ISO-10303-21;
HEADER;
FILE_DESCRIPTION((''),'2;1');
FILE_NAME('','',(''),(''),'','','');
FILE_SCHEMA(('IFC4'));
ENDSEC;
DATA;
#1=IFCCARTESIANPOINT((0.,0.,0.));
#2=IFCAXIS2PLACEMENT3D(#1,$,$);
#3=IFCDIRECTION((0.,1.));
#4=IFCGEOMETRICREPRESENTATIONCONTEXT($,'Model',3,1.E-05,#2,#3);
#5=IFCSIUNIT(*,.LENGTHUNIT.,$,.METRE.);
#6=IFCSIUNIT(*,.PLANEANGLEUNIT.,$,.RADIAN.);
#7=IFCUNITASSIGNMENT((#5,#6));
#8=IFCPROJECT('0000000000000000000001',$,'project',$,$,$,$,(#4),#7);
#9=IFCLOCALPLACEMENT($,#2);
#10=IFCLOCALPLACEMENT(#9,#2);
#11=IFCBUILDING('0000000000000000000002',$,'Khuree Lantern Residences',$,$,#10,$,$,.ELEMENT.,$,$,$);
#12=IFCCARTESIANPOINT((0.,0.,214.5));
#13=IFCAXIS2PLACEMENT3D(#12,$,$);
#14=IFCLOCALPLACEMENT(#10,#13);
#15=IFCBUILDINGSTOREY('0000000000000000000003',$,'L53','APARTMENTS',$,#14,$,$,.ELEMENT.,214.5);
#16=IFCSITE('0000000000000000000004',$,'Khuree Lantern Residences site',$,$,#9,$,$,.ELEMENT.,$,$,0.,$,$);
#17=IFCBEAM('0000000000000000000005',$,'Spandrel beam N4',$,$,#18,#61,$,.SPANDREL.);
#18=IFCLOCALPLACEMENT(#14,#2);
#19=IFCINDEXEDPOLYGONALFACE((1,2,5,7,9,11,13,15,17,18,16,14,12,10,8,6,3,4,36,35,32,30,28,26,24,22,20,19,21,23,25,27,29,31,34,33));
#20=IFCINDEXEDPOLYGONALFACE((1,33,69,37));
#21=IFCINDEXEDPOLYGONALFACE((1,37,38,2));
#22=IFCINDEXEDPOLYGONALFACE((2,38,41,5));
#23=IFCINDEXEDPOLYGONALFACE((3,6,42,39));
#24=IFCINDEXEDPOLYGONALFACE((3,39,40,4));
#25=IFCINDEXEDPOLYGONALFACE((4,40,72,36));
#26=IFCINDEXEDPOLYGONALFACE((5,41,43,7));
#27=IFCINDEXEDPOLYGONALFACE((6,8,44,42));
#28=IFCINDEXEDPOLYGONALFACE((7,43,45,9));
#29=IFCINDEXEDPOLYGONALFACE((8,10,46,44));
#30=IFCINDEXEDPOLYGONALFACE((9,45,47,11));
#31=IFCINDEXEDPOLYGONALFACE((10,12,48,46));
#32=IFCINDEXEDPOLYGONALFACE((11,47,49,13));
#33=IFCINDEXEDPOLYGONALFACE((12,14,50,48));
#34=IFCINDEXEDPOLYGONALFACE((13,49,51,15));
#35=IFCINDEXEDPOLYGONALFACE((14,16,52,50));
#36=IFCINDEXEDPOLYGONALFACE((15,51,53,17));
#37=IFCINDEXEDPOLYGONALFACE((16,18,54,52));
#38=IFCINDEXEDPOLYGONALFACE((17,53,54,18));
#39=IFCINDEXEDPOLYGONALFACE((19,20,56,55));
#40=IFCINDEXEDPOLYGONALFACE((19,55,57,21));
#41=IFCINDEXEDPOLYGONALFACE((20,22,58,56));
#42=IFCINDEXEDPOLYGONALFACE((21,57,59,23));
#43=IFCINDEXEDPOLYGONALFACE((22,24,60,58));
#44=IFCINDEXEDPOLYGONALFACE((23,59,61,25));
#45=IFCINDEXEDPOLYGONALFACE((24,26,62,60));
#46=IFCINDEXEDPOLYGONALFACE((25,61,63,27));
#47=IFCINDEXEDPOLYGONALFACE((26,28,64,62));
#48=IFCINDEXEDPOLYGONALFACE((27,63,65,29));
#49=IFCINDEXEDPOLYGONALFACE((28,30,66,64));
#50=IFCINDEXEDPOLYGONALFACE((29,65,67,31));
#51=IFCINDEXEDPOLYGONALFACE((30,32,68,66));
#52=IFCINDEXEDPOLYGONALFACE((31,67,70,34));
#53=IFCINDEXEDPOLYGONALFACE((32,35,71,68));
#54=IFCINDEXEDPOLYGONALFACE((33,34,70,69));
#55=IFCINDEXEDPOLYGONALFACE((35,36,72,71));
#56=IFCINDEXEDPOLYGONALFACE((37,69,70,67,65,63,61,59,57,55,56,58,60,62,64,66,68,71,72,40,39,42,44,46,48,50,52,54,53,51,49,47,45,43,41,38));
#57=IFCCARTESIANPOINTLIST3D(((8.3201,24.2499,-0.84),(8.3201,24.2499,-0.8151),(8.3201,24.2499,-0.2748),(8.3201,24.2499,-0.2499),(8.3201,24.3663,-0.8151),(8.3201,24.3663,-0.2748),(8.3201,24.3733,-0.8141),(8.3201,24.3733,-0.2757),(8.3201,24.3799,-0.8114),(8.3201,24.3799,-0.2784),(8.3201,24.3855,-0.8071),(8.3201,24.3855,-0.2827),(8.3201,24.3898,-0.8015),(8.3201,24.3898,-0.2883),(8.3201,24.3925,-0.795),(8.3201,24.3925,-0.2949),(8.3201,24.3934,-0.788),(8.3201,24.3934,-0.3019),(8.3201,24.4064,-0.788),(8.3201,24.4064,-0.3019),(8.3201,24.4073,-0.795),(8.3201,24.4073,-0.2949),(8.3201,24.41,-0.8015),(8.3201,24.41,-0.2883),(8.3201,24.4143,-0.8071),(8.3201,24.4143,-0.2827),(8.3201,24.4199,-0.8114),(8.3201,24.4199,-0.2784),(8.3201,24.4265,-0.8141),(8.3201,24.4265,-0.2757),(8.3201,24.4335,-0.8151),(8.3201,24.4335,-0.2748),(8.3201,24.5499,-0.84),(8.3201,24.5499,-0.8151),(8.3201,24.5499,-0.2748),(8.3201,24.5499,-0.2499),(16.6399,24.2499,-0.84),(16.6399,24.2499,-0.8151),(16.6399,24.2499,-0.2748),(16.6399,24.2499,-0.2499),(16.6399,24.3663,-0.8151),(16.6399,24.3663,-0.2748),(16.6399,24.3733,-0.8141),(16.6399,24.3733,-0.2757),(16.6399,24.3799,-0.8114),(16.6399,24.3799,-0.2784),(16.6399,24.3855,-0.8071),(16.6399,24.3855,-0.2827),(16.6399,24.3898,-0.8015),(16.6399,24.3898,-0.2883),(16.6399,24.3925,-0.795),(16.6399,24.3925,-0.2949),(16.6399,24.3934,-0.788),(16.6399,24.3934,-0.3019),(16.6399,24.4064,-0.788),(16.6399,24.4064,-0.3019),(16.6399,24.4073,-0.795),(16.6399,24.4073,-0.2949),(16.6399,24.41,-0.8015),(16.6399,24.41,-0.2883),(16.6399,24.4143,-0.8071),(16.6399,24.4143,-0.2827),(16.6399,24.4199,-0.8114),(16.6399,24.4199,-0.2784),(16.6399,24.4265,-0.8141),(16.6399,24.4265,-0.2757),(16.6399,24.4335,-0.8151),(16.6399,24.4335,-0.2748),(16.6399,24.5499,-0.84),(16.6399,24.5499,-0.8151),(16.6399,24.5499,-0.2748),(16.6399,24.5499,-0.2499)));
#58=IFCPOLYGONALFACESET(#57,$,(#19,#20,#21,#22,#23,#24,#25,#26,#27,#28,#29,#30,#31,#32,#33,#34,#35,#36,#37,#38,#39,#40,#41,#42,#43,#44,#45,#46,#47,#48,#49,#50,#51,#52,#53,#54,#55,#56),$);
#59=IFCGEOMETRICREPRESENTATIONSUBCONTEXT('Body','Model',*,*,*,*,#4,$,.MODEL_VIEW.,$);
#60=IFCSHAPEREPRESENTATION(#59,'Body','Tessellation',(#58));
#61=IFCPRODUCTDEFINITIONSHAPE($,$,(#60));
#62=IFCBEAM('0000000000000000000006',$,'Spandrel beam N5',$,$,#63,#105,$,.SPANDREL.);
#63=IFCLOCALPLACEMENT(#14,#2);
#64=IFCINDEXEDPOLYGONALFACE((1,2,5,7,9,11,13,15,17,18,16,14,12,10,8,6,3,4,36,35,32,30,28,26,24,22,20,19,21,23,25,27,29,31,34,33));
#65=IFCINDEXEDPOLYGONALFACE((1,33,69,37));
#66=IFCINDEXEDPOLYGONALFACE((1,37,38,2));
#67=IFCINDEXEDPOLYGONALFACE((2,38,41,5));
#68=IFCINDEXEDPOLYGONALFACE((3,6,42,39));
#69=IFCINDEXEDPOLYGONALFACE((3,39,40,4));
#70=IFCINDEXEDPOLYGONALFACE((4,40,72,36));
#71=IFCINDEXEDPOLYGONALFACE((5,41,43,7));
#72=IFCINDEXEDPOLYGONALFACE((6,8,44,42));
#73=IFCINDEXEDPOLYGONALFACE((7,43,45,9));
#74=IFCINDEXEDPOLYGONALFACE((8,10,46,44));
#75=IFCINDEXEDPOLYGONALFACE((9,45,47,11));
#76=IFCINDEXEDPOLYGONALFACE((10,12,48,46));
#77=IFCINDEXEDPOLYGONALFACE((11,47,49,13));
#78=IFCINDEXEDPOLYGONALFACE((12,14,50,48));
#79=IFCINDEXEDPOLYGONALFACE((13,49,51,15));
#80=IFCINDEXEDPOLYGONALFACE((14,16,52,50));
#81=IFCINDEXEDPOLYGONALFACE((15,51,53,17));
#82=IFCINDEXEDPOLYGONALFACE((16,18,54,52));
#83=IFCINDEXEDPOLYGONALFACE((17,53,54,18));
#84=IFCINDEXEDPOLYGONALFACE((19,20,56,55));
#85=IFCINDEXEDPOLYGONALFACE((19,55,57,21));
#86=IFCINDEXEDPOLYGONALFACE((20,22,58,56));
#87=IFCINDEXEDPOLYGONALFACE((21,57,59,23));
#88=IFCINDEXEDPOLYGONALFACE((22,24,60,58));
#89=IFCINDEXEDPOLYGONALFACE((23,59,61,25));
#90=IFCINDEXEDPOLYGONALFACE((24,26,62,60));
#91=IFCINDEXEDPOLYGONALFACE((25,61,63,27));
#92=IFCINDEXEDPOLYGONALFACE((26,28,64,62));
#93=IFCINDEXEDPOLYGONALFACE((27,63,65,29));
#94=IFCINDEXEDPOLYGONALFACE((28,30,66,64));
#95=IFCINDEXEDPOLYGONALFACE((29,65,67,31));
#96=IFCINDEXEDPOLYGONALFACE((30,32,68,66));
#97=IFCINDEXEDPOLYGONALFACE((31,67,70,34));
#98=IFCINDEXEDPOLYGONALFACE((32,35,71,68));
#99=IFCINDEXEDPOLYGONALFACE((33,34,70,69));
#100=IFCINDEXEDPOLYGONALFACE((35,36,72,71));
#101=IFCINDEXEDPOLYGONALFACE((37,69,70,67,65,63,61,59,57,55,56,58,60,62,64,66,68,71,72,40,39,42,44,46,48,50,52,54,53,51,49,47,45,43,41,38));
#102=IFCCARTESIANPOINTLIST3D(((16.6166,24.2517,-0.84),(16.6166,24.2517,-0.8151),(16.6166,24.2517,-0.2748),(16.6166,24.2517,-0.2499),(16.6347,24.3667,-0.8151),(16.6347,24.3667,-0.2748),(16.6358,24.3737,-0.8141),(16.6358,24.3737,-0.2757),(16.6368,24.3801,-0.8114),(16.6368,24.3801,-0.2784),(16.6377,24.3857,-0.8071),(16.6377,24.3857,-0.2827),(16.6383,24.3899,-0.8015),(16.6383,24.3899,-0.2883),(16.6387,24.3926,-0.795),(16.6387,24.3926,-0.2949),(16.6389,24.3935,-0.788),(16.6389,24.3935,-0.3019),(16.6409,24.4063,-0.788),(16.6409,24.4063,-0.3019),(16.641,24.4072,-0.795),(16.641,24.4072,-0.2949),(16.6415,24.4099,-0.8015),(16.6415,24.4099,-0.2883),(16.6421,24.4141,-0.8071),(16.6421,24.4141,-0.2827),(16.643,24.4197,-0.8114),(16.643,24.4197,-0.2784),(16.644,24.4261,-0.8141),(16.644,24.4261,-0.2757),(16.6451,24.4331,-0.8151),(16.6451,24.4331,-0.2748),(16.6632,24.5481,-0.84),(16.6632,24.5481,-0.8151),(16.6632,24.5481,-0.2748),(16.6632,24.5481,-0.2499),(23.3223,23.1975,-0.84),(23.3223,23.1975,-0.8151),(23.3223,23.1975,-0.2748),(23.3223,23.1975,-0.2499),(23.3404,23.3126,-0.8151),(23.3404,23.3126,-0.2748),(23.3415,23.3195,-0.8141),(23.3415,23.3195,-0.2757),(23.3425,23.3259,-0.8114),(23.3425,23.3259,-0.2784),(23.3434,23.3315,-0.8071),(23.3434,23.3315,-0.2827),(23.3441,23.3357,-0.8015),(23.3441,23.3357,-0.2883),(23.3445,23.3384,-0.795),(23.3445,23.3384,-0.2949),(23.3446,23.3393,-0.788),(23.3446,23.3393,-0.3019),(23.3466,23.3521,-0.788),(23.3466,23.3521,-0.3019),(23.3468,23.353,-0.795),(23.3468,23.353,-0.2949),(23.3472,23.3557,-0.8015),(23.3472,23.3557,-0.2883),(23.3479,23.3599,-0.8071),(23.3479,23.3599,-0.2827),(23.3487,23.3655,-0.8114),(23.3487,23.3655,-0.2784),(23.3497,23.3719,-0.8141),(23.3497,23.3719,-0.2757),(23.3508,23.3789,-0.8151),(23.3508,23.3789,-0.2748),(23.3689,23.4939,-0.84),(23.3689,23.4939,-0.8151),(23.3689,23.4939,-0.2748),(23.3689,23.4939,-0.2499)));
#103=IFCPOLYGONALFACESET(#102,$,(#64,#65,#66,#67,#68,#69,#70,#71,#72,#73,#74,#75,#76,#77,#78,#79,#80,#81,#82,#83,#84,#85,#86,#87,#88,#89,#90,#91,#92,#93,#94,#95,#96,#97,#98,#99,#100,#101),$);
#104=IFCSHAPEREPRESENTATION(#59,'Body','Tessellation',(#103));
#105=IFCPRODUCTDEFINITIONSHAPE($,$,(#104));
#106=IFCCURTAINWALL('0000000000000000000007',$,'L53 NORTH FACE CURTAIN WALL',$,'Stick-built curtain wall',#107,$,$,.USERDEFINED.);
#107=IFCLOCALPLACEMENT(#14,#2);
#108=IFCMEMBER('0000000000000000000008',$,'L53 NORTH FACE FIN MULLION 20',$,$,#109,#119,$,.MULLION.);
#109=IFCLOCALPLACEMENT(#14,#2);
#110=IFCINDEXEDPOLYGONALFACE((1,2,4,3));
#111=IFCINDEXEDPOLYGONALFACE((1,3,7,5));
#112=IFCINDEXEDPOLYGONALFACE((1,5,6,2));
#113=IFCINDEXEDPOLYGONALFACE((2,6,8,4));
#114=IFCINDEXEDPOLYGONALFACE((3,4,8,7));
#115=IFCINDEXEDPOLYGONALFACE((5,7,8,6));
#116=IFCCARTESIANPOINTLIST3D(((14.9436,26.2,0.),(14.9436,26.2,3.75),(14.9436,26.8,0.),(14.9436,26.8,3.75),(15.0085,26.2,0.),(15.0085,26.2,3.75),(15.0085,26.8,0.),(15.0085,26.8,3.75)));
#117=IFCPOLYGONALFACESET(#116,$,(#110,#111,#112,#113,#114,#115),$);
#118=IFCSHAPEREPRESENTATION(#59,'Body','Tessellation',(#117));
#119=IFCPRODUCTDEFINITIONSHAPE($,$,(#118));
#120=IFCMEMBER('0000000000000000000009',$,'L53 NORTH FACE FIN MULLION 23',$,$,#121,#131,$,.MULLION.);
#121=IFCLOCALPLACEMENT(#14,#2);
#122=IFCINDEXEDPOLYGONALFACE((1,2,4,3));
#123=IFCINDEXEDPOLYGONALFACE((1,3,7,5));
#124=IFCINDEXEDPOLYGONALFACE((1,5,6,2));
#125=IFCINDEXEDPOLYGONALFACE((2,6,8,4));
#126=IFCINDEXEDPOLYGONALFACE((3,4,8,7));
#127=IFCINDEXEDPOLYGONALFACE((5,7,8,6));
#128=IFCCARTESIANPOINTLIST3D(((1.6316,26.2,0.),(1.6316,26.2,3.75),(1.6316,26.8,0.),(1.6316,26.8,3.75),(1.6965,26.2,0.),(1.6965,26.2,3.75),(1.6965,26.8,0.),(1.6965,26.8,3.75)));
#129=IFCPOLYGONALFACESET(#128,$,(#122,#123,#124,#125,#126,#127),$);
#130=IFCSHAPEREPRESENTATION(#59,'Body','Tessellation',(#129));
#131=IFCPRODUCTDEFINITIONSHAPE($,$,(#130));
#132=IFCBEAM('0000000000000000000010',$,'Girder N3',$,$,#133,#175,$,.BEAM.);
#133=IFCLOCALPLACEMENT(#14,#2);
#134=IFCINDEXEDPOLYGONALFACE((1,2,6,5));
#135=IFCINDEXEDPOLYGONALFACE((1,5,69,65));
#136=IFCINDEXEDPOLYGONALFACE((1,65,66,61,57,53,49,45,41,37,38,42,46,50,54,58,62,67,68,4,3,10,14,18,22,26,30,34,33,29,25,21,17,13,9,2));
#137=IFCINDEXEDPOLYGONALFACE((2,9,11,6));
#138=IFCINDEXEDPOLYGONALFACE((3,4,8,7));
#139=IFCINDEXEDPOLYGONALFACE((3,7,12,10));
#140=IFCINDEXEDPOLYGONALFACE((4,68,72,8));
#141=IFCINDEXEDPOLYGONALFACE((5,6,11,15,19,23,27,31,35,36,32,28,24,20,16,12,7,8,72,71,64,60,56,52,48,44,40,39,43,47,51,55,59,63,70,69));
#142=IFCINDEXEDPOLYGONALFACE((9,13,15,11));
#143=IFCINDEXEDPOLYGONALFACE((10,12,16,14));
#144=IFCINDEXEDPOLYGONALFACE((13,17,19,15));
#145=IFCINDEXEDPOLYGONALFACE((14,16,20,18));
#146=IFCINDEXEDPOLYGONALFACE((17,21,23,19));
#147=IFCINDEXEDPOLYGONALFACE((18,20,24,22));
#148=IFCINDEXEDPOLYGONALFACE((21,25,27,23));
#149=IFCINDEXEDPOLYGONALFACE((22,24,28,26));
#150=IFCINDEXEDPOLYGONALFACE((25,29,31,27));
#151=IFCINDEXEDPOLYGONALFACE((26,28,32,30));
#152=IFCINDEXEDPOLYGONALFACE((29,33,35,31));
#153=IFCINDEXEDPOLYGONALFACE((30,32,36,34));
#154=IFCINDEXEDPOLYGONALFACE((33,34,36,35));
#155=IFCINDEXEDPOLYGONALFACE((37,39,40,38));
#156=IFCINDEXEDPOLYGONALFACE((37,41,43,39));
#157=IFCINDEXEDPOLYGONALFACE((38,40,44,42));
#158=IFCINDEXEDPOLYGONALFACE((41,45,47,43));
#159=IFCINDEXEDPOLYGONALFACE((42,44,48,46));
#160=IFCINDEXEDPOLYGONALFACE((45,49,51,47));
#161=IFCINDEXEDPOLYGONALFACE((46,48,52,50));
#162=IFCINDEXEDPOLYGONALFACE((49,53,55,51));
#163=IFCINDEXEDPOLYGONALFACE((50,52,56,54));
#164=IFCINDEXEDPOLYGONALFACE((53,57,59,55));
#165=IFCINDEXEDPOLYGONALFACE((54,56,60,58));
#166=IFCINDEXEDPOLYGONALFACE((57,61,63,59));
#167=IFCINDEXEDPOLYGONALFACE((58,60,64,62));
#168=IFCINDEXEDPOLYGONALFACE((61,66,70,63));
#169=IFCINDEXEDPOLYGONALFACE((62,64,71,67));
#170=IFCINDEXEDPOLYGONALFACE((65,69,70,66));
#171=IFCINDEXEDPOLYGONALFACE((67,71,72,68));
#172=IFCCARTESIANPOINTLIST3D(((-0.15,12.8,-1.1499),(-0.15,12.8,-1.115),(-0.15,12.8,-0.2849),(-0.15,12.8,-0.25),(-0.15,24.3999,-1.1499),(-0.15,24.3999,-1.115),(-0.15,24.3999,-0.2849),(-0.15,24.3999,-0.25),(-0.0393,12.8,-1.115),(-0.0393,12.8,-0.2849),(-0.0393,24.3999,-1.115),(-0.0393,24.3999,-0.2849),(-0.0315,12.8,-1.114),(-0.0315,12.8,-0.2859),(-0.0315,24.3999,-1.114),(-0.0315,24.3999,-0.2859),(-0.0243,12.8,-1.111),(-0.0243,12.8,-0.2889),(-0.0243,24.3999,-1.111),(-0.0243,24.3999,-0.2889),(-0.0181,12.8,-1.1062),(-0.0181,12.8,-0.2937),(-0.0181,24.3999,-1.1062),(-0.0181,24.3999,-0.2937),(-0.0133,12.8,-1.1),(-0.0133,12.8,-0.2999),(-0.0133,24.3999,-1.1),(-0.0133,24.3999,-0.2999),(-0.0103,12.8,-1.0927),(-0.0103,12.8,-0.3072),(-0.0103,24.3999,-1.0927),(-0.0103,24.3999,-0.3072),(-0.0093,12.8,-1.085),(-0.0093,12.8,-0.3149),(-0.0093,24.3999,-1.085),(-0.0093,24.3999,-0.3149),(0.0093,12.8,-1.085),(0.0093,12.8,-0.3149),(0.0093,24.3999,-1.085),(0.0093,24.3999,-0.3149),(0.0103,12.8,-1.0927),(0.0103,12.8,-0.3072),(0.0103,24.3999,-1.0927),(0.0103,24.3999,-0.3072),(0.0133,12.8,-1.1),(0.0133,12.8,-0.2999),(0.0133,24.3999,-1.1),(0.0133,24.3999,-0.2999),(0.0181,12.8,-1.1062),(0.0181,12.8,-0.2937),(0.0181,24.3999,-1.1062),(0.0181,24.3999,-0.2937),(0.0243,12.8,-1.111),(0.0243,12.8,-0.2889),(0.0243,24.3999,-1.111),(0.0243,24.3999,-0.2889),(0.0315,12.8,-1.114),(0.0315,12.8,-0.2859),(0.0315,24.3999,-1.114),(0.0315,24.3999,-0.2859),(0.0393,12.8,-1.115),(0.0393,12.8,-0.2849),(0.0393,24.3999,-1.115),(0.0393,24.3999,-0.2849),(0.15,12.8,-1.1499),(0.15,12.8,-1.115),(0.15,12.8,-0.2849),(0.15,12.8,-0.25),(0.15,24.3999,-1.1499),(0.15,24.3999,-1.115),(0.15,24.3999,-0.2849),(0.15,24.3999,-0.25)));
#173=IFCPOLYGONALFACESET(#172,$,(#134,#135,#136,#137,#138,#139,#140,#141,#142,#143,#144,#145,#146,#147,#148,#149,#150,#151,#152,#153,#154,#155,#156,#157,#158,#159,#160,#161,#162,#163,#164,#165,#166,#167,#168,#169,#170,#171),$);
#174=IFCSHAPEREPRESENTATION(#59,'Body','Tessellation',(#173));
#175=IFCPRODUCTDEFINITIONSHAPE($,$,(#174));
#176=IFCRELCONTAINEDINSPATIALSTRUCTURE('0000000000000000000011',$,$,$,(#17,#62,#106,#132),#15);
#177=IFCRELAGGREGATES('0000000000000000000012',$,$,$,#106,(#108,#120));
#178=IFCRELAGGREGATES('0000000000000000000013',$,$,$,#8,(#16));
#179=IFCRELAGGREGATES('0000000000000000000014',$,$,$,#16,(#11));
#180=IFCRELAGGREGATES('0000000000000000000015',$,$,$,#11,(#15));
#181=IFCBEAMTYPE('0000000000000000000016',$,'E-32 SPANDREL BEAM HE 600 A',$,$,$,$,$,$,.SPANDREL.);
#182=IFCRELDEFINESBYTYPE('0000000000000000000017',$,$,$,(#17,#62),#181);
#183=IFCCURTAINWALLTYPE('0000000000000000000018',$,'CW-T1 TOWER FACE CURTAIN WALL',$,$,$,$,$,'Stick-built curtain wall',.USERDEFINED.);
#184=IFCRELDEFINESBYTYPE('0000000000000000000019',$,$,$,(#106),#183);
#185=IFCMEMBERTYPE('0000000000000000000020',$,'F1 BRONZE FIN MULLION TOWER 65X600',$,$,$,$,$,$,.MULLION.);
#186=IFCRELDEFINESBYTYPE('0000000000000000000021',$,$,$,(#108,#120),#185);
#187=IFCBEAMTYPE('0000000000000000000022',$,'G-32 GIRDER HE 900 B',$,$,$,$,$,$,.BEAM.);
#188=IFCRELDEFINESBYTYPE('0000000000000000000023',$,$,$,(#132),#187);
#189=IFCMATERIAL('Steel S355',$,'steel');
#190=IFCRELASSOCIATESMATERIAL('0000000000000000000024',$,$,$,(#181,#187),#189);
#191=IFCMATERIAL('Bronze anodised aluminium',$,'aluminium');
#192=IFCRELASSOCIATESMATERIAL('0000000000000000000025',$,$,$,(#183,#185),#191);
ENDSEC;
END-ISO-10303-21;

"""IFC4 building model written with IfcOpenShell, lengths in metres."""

from ifc_helpers import new_model, si_unit, direction, frame, origin, origin_2d, place, context, subcontext, project, spatial, rectangle, i_section, extrude, material, material_profile, profile_set, type_object, element, aggregate, save


model = new_model("IFC4")

# Units and contexts
model_context = context("Model", 3, precision=1e-05, world=origin(), true_north=direction((0.0, 1.0)))
body_context = subcontext(model_context, "Body", "Model", "MODEL_VIEW")
ifc_project = project(units=[si_unit("LENGTHUNIT", "METRE"), si_unit("PLANEANGLEUNIT", "RADIAN")], contexts=[model_context])

# Site, building, storey
site_placement = place(None, origin())
site = spatial("IfcSite", under=ifc_project, at=site_placement, Name="Khuree Lantern Residences site", CompositionType="ELEMENT", RefElevation=0.0)
building_placement = place(site_placement, origin())
building = spatial("IfcBuilding", under=site, at=building_placement, Name="Khuree Lantern Residences", CompositionType="ELEMENT")
storey_placement = place(building_placement, frame((0.0, 0.0, 214.5)))
storey = spatial("IfcBuildingStorey", under=building, at=storey_placement, Name="L53", Description="APARTMENTS", CompositionType="ELEMENT", Elevation=214.5)

# Beams
ifc_material_1 = material(Name="Steel S355", Category="steel")
ifc_material_profile_1 = material_profile(ifc_material_1, i_section(OverallWidth=0.3, OverallDepth=0.5901, WebThickness=0.0129, FlangeThickness=0.0249, FilletRadius=0.0271, at=origin_2d()), Name="HE 600 A")
ifc_profile_set_1 = profile_set([ifc_material_profile_1], Name="Steel S355")
beam_type_1 = type_object("IfcBeamType", Name="E-32 SPANDREL BEAM HE 600 A", PredefinedType="SPANDREL", material=ifc_profile_set_1)
beam_1_placement = place(storey_placement, frame((8.3201, 24.3999, -0.5449), z_axis=(1.0, 0.0, 0.0), x_axis=(0.0, 1.0, 0.0)))
element("IfcBeam", 1, at=beam_1_placement, inside=storey, type_object=beam_type_1, Name="Spandrel beam N4", PredefinedType="SPANDREL", context=body_context, shape_type="SweptSolid", body=[
    extrude(i_section(OverallWidth=0.3, OverallDepth=0.5901, WebThickness=0.0129, FlangeThickness=0.0249, FilletRadius=0.0271, at=origin_2d()), origin(), (0.0, 0.0, 1.0), 8.3198),
])
beam_2_placement = place(storey_placement, frame((16.6399, 24.3999, -0.5449), z_axis=(0.987867, -0.1553, 0.0), x_axis=(0.1553, 0.987867, 0.0)))
element("IfcBeam", 2, at=beam_2_placement, inside=storey, type_object=beam_type_1, Name="Spandrel beam N5", PredefinedType="SPANDREL", context=body_context, shape_type="SweptSolid", body=[
    extrude(i_section(OverallWidth=0.3, OverallDepth=0.5901, WebThickness=0.0129, FlangeThickness=0.0249, FilletRadius=0.0271, at=origin_2d()), origin(), (0.0, 0.0, 1.0), 6.7881),
])

# Curtain wall, members
ifc_material_2 = material(Name="Bronze anodised aluminium", Category="aluminium")
curtain_wall_type = type_object("IfcCurtainWallType", Name="CW-T1 TOWER FACE CURTAIN WALL", ElementType="Stick-built curtain wall", PredefinedType="USERDEFINED", material=ifc_material_2)
curtain_wall_placement = place(storey_placement, origin())
curtain_wall = element("IfcCurtainWall", 3, at=curtain_wall_placement, inside=storey, type_object=curtain_wall_type, Name="L53 NORTH FACE CURTAIN WALL", ObjectType="Stick-built curtain wall", PredefinedType="USERDEFINED")
ifc_material_profile_2 = material_profile(ifc_material_2, rectangle(XDim=0.0649, YDim=0.6001, at=origin_2d()), Name="F1 65X600")
ifc_profile_set_2 = profile_set([ifc_material_profile_2], Name="Bronze anodised aluminium")
member_type_1 = type_object("IfcMemberType", Name="F1 BRONZE FIN MULLION TOWER 65X600", PredefinedType="MULLION", material=ifc_profile_set_2)
member_1_placement = place(storey_placement, frame((14.9761, 26.5, 0.0), z_axis=(0.0, 0.0, 1.0), x_axis=(-1.0, 0.0, 0.0)))
member_1 = element("IfcMember", 4, at=member_1_placement, type_object=member_type_1, Name="L53 NORTH FACE FIN MULLION 20", PredefinedType="MULLION", context=body_context, shape_type="SweptSolid", body=[
    extrude(rectangle(XDim=0.0649, YDim=0.6001, at=origin_2d()), origin(), (0.0, 0.0, 1.0), 3.75),
])
member_2_placement = place(storey_placement, frame((1.6641, 26.5, 0.0), z_axis=(0.0, 0.0, 1.0), x_axis=(-1.0, 0.0, 0.0)))
member_2 = element("IfcMember", 5, at=member_2_placement, type_object=member_type_1, Name="L53 NORTH FACE FIN MULLION 23", PredefinedType="MULLION", context=body_context, shape_type="SweptSolid", body=[
    extrude(rectangle(XDim=0.0649, YDim=0.6001, at=origin_2d()), origin(), (0.0, 0.0, 1.0), 3.75),
])

# Beam
ifc_material_profile_3 = material_profile(ifc_material_1, i_section(OverallWidth=0.3, OverallDepth=0.8999, WebThickness=0.0186, FlangeThickness=0.0349, FilletRadius=0.03, at=origin_2d()), Name="HE 900 B")
ifc_profile_set_3 = profile_set([ifc_material_profile_3], Name="Steel S355")
beam_type_2 = type_object("IfcBeamType", Name="G-32 GIRDER HE 900 B", PredefinedType="BEAM", material=ifc_profile_set_3)
for number, where, z_axis, x_axis, name in (
    (6, (0.0, 24.3999, -0.7), (0.0, -1.0, 0.0), (1.0, 0.0, 0.0), "Girder N3"),
):
    element("IfcBeam", number, at=place(storey_placement, frame(where, z_axis=z_axis, x_axis=x_axis)), inside=storey, type_object=beam_type_2, Name=name, PredefinedType="BEAM", context=body_context, shape_type="SweptSolid", body=[
        extrude(i_section(OverallWidth=0.3, OverallDepth=0.8999, WebThickness=0.0186, FlangeThickness=0.0349, FilletRadius=0.03, at=origin_2d()), origin(), (0.0, 0.0, 1.0), 11.5999),
    ])

aggregate(curtain_wall, [member_1, member_2])

save(model, "model.ifc")
